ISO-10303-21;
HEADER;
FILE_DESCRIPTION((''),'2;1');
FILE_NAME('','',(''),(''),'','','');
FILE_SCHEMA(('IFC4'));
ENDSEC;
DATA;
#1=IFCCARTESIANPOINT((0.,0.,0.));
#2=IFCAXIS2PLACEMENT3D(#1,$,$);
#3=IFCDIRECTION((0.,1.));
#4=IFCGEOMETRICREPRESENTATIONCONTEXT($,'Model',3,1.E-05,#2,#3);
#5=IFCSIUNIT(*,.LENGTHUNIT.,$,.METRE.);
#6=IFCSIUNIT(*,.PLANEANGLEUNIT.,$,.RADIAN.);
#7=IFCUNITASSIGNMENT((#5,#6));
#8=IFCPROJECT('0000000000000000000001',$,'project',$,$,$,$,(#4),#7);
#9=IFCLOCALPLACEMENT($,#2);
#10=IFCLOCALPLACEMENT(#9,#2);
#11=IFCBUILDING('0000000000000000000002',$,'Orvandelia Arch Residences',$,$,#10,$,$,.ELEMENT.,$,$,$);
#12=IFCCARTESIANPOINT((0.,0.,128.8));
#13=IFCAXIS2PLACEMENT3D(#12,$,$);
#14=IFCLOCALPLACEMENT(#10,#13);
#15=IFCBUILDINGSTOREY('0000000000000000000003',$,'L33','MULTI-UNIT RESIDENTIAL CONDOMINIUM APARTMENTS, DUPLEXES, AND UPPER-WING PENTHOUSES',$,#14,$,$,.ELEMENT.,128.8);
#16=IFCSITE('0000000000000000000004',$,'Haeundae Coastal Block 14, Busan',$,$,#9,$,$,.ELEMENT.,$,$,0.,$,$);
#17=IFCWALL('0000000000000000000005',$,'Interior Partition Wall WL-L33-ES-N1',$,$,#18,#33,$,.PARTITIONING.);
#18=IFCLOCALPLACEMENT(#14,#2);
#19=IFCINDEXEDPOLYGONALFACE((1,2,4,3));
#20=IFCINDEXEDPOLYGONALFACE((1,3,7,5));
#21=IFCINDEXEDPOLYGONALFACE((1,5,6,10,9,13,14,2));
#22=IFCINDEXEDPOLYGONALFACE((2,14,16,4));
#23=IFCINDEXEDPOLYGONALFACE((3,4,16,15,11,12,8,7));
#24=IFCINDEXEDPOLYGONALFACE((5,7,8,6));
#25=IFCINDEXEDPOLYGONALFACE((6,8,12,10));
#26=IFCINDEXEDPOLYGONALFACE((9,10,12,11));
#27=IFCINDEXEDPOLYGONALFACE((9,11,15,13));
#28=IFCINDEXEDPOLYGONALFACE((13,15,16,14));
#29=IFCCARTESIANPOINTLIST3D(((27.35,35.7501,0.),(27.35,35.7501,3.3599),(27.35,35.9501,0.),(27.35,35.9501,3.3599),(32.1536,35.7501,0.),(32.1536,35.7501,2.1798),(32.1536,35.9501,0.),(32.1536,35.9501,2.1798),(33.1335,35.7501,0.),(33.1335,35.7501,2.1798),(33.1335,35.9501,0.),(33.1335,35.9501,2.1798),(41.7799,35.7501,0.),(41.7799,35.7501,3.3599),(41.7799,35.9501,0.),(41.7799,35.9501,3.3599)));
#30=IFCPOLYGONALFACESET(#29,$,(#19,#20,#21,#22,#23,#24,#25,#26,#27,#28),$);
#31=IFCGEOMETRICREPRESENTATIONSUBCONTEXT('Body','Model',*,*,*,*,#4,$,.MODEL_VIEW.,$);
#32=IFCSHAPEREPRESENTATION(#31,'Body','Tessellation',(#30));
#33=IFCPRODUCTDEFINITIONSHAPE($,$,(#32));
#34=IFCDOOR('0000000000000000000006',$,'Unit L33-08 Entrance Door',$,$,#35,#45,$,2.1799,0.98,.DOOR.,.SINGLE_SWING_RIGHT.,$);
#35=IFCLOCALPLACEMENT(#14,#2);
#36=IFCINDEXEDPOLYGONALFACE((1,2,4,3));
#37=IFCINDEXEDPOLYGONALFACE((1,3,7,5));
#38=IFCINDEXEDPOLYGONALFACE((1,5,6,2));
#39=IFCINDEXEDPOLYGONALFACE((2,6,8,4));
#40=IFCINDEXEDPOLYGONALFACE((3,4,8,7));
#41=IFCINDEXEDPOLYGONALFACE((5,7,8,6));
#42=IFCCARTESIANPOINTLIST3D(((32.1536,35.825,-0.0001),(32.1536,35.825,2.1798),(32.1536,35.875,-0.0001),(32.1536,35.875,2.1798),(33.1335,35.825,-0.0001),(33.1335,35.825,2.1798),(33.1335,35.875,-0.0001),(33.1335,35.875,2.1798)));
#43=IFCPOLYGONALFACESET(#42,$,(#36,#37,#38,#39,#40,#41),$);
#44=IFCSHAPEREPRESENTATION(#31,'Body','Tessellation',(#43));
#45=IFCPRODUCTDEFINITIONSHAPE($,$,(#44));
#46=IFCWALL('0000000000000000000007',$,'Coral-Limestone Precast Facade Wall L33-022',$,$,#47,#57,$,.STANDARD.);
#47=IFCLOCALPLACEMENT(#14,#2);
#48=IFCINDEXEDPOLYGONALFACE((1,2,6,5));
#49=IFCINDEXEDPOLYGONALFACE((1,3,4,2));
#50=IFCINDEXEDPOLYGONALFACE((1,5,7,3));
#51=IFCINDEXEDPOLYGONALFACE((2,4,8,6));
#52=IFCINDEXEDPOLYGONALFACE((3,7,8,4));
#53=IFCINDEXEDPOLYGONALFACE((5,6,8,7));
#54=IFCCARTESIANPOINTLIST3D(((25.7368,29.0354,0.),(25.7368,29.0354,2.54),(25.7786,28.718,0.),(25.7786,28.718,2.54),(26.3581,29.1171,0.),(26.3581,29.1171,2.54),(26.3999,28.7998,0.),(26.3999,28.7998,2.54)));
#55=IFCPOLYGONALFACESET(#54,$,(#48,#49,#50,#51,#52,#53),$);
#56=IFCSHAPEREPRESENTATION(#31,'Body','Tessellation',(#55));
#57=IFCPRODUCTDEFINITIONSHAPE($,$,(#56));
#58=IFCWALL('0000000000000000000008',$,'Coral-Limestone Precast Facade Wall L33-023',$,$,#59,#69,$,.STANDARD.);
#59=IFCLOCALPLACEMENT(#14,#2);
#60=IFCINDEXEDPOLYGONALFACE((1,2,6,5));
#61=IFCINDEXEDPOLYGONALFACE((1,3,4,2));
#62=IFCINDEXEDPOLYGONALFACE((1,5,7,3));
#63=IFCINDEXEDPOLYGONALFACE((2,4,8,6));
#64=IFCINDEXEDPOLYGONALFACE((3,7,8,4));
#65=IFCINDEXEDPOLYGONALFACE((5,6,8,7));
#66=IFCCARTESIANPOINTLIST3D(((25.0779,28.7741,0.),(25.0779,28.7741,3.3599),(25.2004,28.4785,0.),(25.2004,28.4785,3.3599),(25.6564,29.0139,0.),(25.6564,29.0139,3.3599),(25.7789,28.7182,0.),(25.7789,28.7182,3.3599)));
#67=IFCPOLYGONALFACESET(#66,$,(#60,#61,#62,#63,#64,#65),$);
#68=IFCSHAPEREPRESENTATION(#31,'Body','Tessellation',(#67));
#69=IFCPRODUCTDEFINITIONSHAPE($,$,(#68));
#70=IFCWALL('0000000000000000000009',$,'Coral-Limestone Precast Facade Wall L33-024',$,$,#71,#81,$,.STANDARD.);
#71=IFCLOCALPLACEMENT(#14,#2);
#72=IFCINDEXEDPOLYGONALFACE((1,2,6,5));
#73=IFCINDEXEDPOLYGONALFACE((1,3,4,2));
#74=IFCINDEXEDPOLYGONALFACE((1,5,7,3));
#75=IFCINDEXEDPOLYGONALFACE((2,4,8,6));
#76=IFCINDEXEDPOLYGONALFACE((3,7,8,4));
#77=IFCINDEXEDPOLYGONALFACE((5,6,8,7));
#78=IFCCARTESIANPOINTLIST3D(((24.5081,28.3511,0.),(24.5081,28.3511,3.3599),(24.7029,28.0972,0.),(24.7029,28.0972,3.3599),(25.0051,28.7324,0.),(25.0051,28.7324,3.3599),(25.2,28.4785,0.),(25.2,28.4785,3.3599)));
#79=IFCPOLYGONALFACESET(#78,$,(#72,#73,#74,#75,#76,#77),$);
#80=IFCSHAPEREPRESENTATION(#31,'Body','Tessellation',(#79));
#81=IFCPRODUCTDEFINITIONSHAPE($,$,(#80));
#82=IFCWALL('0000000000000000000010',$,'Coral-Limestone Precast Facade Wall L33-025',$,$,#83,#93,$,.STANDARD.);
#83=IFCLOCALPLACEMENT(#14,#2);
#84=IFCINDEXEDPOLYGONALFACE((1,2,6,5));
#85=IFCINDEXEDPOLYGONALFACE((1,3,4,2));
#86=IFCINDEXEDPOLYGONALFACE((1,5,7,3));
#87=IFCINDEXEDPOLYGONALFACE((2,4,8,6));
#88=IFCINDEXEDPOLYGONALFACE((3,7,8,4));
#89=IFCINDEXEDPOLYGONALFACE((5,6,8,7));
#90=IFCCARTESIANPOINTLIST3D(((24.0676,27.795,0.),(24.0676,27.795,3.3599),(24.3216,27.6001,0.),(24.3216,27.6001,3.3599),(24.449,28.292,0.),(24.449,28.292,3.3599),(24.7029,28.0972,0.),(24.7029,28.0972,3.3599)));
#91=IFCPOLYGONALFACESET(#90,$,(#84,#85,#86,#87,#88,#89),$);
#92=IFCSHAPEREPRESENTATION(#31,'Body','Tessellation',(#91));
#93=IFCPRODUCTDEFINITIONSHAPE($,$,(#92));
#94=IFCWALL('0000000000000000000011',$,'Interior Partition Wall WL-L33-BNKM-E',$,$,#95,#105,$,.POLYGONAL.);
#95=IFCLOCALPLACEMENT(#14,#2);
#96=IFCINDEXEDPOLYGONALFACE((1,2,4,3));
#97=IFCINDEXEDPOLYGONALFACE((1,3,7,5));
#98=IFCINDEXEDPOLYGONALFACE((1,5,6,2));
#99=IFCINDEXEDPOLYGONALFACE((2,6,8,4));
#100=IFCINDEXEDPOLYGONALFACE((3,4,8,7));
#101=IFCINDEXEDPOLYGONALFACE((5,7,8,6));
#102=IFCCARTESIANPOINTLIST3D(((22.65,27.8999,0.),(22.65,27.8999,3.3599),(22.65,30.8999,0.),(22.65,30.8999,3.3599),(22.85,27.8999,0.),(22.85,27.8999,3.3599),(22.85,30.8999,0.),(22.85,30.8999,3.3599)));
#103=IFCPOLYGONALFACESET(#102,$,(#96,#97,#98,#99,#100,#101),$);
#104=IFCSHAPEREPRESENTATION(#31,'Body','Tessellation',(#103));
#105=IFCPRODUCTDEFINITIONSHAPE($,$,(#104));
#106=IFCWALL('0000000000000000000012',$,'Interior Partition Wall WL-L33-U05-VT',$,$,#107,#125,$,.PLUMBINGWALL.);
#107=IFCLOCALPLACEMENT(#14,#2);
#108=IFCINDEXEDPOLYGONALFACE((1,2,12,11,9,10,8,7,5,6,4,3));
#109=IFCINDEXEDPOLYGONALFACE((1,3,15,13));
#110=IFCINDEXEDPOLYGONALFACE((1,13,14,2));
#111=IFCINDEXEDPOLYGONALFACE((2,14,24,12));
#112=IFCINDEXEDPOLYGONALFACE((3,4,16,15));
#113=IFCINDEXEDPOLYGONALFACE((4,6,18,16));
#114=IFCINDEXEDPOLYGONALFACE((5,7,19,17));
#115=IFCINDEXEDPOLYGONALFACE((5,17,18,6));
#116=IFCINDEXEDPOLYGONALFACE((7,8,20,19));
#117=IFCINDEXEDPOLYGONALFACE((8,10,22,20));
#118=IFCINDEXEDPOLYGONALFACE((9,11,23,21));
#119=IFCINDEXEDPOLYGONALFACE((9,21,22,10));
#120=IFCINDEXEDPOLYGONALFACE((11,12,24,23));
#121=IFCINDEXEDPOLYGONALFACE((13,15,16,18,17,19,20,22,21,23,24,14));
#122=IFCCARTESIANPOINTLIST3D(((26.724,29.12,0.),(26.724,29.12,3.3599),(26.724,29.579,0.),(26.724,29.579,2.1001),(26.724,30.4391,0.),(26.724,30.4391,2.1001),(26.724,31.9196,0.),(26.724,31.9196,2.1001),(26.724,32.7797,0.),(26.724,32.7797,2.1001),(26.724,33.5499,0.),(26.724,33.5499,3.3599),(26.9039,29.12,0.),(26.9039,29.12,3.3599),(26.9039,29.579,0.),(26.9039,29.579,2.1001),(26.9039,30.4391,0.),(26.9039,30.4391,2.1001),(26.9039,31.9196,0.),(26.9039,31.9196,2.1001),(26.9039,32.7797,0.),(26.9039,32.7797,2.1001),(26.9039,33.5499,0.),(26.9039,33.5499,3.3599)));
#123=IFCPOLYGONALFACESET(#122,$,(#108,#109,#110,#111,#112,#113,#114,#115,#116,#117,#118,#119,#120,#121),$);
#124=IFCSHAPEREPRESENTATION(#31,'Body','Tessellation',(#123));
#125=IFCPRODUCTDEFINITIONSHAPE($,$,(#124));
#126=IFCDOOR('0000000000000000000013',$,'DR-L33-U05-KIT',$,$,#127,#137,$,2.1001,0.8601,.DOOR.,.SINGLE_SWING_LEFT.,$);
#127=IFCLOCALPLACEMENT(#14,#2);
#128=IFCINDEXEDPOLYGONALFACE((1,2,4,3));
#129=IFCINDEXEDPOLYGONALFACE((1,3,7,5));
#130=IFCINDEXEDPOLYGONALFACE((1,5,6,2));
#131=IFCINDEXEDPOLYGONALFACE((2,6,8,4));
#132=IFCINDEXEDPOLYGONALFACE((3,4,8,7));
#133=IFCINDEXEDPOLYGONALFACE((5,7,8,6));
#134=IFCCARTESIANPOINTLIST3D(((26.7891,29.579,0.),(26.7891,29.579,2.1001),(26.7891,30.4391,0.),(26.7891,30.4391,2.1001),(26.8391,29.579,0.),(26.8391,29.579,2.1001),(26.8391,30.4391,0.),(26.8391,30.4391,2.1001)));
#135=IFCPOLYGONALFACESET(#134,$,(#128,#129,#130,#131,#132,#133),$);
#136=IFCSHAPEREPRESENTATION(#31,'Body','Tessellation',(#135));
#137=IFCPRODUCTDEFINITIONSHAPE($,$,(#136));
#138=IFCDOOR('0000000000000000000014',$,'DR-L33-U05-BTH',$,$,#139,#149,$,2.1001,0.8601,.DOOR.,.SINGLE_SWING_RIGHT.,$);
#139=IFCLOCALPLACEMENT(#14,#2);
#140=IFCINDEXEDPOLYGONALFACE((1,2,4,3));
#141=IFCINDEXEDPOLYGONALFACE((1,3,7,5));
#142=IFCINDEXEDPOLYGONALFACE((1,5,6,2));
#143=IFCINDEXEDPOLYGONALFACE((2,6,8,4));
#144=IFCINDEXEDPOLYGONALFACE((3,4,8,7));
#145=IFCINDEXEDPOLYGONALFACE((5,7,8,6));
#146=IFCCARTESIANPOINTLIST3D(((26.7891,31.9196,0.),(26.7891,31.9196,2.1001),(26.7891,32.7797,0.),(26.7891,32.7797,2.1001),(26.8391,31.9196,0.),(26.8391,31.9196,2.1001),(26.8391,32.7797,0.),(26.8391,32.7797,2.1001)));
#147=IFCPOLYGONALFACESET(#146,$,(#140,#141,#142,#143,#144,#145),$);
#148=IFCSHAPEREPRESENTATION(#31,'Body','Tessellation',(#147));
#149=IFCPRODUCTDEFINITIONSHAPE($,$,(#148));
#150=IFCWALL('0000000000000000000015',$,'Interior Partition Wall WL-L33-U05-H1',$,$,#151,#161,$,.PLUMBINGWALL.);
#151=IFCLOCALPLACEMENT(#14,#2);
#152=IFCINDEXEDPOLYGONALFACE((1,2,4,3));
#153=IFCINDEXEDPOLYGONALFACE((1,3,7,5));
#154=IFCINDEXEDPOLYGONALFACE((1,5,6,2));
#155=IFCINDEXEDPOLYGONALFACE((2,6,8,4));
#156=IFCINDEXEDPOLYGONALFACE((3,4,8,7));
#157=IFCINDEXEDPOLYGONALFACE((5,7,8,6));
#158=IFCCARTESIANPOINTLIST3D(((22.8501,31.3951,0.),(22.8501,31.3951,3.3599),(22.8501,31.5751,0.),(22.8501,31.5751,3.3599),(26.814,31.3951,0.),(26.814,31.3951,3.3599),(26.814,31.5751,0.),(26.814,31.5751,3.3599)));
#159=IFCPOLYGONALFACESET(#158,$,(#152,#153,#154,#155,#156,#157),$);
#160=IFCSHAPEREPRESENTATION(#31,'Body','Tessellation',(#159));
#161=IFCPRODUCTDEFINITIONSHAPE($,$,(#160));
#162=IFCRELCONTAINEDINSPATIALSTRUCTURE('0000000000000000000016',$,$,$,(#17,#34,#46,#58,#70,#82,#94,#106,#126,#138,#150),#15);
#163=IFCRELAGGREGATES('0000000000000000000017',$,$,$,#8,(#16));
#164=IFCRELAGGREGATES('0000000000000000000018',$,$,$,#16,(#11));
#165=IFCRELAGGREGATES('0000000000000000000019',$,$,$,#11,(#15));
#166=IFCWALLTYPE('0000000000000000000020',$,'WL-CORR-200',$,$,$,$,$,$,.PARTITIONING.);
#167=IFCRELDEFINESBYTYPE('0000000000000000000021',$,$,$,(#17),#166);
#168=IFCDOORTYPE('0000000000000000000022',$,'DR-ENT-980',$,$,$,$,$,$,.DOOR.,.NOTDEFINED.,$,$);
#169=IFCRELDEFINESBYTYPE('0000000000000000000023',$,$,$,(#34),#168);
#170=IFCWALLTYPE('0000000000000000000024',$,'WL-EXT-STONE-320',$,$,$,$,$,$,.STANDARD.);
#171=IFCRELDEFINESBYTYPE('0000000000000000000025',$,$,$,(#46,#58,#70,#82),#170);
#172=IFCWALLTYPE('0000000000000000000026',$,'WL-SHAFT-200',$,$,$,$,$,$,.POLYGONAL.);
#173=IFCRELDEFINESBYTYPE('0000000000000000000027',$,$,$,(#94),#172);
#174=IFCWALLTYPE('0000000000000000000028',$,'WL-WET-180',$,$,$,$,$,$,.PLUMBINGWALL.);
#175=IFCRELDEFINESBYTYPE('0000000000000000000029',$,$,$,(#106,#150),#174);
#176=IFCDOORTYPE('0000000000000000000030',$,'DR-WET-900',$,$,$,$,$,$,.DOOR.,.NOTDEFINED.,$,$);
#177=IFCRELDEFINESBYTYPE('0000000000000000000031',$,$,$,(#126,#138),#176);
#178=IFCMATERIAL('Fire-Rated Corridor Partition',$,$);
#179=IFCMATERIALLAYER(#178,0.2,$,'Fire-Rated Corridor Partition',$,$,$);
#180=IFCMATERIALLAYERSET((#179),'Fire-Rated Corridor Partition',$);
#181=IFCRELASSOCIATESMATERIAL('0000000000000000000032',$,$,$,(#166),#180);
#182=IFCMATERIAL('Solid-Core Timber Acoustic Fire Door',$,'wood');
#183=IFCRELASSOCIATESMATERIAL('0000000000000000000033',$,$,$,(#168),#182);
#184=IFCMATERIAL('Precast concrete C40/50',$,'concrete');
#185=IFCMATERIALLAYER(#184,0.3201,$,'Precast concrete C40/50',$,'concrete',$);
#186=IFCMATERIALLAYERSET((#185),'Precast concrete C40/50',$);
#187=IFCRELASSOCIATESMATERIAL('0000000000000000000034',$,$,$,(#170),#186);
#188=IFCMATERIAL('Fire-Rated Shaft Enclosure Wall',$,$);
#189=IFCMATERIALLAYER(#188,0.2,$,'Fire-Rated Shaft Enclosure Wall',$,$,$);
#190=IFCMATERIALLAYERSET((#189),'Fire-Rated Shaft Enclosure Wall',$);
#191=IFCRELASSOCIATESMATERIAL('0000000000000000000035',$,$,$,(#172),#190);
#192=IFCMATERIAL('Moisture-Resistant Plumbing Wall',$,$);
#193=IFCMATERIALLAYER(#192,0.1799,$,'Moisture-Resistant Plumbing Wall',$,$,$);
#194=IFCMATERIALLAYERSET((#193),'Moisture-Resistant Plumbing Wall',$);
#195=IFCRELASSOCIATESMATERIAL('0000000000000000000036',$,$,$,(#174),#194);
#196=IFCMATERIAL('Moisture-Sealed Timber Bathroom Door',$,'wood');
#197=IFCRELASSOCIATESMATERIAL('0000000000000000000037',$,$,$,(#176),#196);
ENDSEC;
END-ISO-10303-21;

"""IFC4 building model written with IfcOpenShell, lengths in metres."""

from ifc_helpers import new_model, si_unit, direction, frame, frame_2d, origin, place, context, subcontext, project, spatial, rectangle, extrude, material, layer, layer_set, type_object, element, fill, save


model = new_model("IFC4")

# Units and contexts
model_context = context("Model", 3, precision=1e-05, world=origin(), true_north=direction((0.0, 1.0)))
body_context = subcontext(model_context, "Body", "Model", "MODEL_VIEW")
ifc_project = project(units=[si_unit("LENGTHUNIT", "METRE"), si_unit("PLANEANGLEUNIT", "RADIAN")], contexts=[model_context])

# Site, building, storey
site_placement = place(None, origin())
site = spatial("IfcSite", under=ifc_project, at=site_placement, Name="Haeundae Coastal Block 14, Busan", CompositionType="ELEMENT", RefElevation=0.0)
building_placement = place(site_placement, origin())
building = spatial("IfcBuilding", under=site, at=building_placement, Name="Orvandelia Arch Residences", CompositionType="ELEMENT")
storey_placement = place(building_placement, frame((0.0, 0.0, 128.8)))
storey = spatial("IfcBuildingStorey", under=building, at=storey_placement, Name="L33", Description="MULTI-UNIT RESIDENTIAL CONDOMINIUM APARTMENTS, DUPLEXES, AND UPPER-WING PENTHOUSES", CompositionType="ELEMENT", Elevation=128.8)

# Shared definitions
ifc_material_1 = material(Name="Fire-Rated Corridor Partition")
ifc_layer_1 = layer(ifc_material_1, 0.2, Name="Fire-Rated Corridor Partition")
ifc_layer_set_1 = layer_set([ifc_layer_1], Name="Fire-Rated Corridor Partition")
wall_type_1 = type_object("IfcWallType", Name="WL-CORR-200", PredefinedType="PARTITIONING", material=ifc_layer_set_1)
ifc_material_2 = material(Name="Solid-Core Timber Acoustic Fire Door", Category="wood")
door_type_1 = type_object("IfcDoorType", Name="DR-ENT-980", OperationType="NOTDEFINED", PredefinedType="DOOR", material=ifc_material_2)

# Wall, opening, door
wall_1_placement = place(storey_placement, frame((27.3501, 35.8501, 0.0), z_axis=(0.0, 0.0, 1.0), x_axis=(1.0, 0.0, 0.0)))
wall_1 = element("IfcWall", 1, at=wall_1_placement, inside=storey, type_object=wall_type_1, Name="Interior Partition Wall WL-L33-ES-N1", PredefinedType="PARTITIONING", context=body_context, shape_type="SweptSolid", body=[
    extrude(rectangle(XDim=14.4299, YDim=0.2, at=frame_2d((7.2148, 0.0))), origin(), (0.0, 0.0, 1.0), 3.3599),
])
opening_1_placement = place(wall_1_placement, frame((4.8035, 0.0, 0.0)))
opening_1 = element("IfcOpeningElement", 2, at=opening_1_placement, cuts=wall_1, PredefinedType="OPENING", context=body_context, shape_type="SweptSolid", body=[
    extrude(rectangle(XDim=0.98, YDim=2.1799, at=frame_2d((0.49, 1.0898))), frame((0.0, 0.1099, 0.0), z_axis=(0.0, -1.0, 0.0), x_axis=(1.0, 0.0, 0.0)), (0.0, 0.0, 1.0), 0.22),
])
door_1_placement = place(opening_1_placement, origin())
door_1 = element("IfcDoor", 3, at=door_1_placement, inside=storey, type_object=door_type_1, Name="Unit L33-08 Entrance Door", OperationType="SINGLE_SWING_RIGHT", OverallHeight=2.1799, OverallWidth=0.98, PredefinedType="DOOR", context=body_context, shape_type="SweptSolid", body=[
    extrude(rectangle(XDim=0.98, YDim=2.1799, at=frame_2d((0.49, 1.0898))), frame((0.0, 0.0249, 0.0), z_axis=(0.0, -1.0, 0.0), x_axis=(1.0, 0.0, 0.0)), (0.0, 0.0, 1.0), 0.05),
])
fill(opening_1, door_1)

# Walls
ifc_material_3 = material(Name="Precast concrete C40/50", Category="concrete")
ifc_layer_2 = layer(ifc_material_3, 0.3201, Name="Precast concrete C40/50", Category="concrete")
ifc_layer_set_2 = layer_set([ifc_layer_2], Name="Precast concrete C40/50")
wall_type_2 = type_object("IfcWallType", Name="WL-EXT-STONE-320", PredefinedType="STANDARD", material=ifc_layer_set_2)
wall_2_placement = place(storey_placement, frame((26.3792, 28.9585, 0.0), z_axis=(0.0, 0.0, 1.0), x_axis=(-0.991448, -0.130505, 0.0)))
element("IfcWall", 4, at=wall_2_placement, inside=storey, type_object=wall_type_2, Name="Coral-Limestone Precast Facade Wall L33-022", PredefinedType="STANDARD", context=body_context, shape_type="SweptSolid", body=[
    extrude(rectangle(XDim=0.6267, YDim=0.3201, at=frame_2d((0.3135, 0.0))), origin(), (0.0, 0.0, 1.0), 2.54),
])
wall_3_placement = place(storey_placement, frame((25.7175, 28.866, 0.0), z_axis=(0.0, 0.0, 1.0), x_axis=(-0.923836, -0.382788, 0.0)))
element("IfcWall", 5, at=wall_3_placement, inside=storey, type_object=wall_type_2, Name="Coral-Limestone Precast Facade Wall L33-023", PredefinedType="STANDARD", context=body_context, shape_type="SweptSolid", body=[
    extrude(rectangle(XDim=0.6262, YDim=0.3201, at=frame_2d((0.313, 0.0))), origin(), (0.0, 0.0, 1.0), 3.3599),
])
for number, where, z_axis, x_axis, name in (
    (6, (25.1025, 28.6055, 0.0), (0.0, 0.0, 1.0), (-0.793406, -0.608693, 0.0), "Coral-Limestone Precast Facade Wall L33-024"),
    (7, (24.5759, 28.1946, 0.0), (0.0, 0.0, 1.0), (-0.608693, -0.793406, 0.0), "Coral-Limestone Precast Facade Wall L33-025"),
):
    element("IfcWall", number, at=place(storey_placement, frame(where, z_axis=z_axis, x_axis=x_axis)), inside=storey, type_object=wall_type_2, Name=name, PredefinedType="STANDARD", context=body_context, shape_type="SweptSolid", body=[
        extrude(rectangle(XDim=0.6265, YDim=0.3201, at=frame_2d((0.3132, 0.0))), origin(), (0.0, 0.0, 1.0), 3.3599),
    ])
ifc_material_4 = material(Name="Fire-Rated Shaft Enclosure Wall")
ifc_layer_3 = layer(ifc_material_4, 0.2, Name="Fire-Rated Shaft Enclosure Wall")
ifc_layer_set_3 = layer_set([ifc_layer_3], Name="Fire-Rated Shaft Enclosure Wall")
wall_type_3 = type_object("IfcWallType", Name="WL-SHAFT-200", PredefinedType="POLYGONAL", material=ifc_layer_set_3)
wall_4_placement = place(storey_placement, frame((22.75, 27.8999, 0.0), z_axis=(0.0, 0.0, 1.0), x_axis=(0.0, 1.0, 0.0)))
element("IfcWall", 8, at=wall_4_placement, inside=storey, type_object=wall_type_3, Name="Interior Partition Wall WL-L33-BNKM-E", PredefinedType="POLYGONAL", context=body_context, shape_type="SweptSolid", body=[
    extrude(rectangle(XDim=3.0, YDim=0.2, at=frame_2d((1.5, 0.0))), origin(), (0.0, 0.0, 1.0), 3.3599),
])

# Wall, openings, doors
ifc_material_5 = material(Name="Moisture-Resistant Plumbing Wall")
ifc_layer_4 = layer(ifc_material_5, 0.1799, Name="Moisture-Resistant Plumbing Wall")
ifc_layer_set_4 = layer_set([ifc_layer_4], Name="Moisture-Resistant Plumbing Wall")
wall_type_4 = type_object("IfcWallType", Name="WL-WET-180", PredefinedType="PLUMBINGWALL", material=ifc_layer_set_4)
wall_5_placement = place(storey_placement, frame((26.814, 29.1201, 0.0), z_axis=(0.0, 0.0, 1.0), x_axis=(0.0, 1.0, 0.0)))
wall_5 = element("IfcWall", 9, at=wall_5_placement, inside=storey, type_object=wall_type_4, Name="Interior Partition Wall WL-L33-U05-VT", PredefinedType="PLUMBINGWALL", context=body_context, shape_type="SweptSolid", body=[
    extrude(rectangle(XDim=4.4299, YDim=0.1799, at=frame_2d((2.2148, 0.0))), origin(), (0.0, 0.0, 1.0), 3.3599),
])
opening_2_placement = place(wall_5_placement, frame((0.4587, 0.0, 0.0)))
opening_2 = element("IfcOpeningElement", 10, at=opening_2_placement, cuts=wall_5, PredefinedType="OPENING", context=body_context, shape_type="SweptSolid", body=[
    extrude(rectangle(XDim=0.8601, YDim=2.1001, at=frame_2d((0.4302, 1.05))), frame((0.0, 0.1001, 0.0), z_axis=(0.0, -1.0, 0.0), x_axis=(1.0, 0.0, 0.0)), (0.0, 0.0, 1.0), 0.2),
])
opening_3_placement = place(wall_5_placement, frame((2.7993, 0.0, 0.0)))
opening_3 = element("IfcOpeningElement", 11, at=opening_3_placement, cuts=wall_5, PredefinedType="OPENING", context=body_context, shape_type="SweptSolid", body=[
    extrude(rectangle(XDim=0.8601, YDim=2.1001, at=frame_2d((0.4302, 1.05))), frame((0.0, 0.1001, 0.0), z_axis=(0.0, -1.0, 0.0), x_axis=(1.0, 0.0, 0.0)), (0.0, 0.0, 1.0), 0.2),
])
ifc_material_6 = material(Name="Moisture-Sealed Timber Bathroom Door", Category="wood")
door_type_2 = type_object("IfcDoorType", Name="DR-WET-900", OperationType="NOTDEFINED", PredefinedType="DOOR", material=ifc_material_6)
door_2_placement = place(opening_2_placement, origin())
door_2 = element("IfcDoor", 12, at=door_2_placement, inside=storey, type_object=door_type_2, Name="DR-L33-U05-KIT", OperationType="SINGLE_SWING_LEFT", OverallHeight=2.1001, OverallWidth=0.8601, PredefinedType="DOOR", context=body_context, shape_type="SweptSolid", body=[
    extrude(rectangle(XDim=0.8601, YDim=2.1001, at=frame_2d((0.4302, 1.05))), frame((0.0, 0.0249, 0.0), z_axis=(0.0, -1.0, 0.0), x_axis=(1.0, 0.0, 0.0)), (0.0, 0.0, 1.0), 0.05),
])
fill(opening_2, door_2)
door_3_placement = place(opening_3_placement, origin())
door_3 = element("IfcDoor", 13, at=door_3_placement, inside=storey, type_object=door_type_2, Name="DR-L33-U05-BTH", OperationType="SINGLE_SWING_RIGHT", OverallHeight=2.1001, OverallWidth=0.8601, PredefinedType="DOOR", context=body_context, shape_type="SweptSolid", body=[
    extrude(rectangle(XDim=0.8601, YDim=2.1001, at=frame_2d((0.4302, 1.05))), frame((0.0, 0.0249, 0.0), z_axis=(0.0, -1.0, 0.0), x_axis=(1.0, 0.0, 0.0)), (0.0, 0.0, 1.0), 0.05),
])
fill(opening_3, door_3)

# Wall
wall_6_placement = place(storey_placement, frame((22.8501, 31.4851, 0.0), z_axis=(0.0, 0.0, 1.0), x_axis=(1.0, 0.0, 0.0)))
element("IfcWall", 14, at=wall_6_placement, inside=storey, type_object=wall_type_4, Name="Interior Partition Wall WL-L33-U05-H1", PredefinedType="PLUMBINGWALL", context=body_context, shape_type="SweptSolid", body=[
    extrude(rectangle(XDim=3.9639, YDim=0.1799, at=frame_2d((1.9819, 0.0))), origin(), (0.0, 0.0, 1.0), 3.3599),
])

save(model, "model.ifc")
